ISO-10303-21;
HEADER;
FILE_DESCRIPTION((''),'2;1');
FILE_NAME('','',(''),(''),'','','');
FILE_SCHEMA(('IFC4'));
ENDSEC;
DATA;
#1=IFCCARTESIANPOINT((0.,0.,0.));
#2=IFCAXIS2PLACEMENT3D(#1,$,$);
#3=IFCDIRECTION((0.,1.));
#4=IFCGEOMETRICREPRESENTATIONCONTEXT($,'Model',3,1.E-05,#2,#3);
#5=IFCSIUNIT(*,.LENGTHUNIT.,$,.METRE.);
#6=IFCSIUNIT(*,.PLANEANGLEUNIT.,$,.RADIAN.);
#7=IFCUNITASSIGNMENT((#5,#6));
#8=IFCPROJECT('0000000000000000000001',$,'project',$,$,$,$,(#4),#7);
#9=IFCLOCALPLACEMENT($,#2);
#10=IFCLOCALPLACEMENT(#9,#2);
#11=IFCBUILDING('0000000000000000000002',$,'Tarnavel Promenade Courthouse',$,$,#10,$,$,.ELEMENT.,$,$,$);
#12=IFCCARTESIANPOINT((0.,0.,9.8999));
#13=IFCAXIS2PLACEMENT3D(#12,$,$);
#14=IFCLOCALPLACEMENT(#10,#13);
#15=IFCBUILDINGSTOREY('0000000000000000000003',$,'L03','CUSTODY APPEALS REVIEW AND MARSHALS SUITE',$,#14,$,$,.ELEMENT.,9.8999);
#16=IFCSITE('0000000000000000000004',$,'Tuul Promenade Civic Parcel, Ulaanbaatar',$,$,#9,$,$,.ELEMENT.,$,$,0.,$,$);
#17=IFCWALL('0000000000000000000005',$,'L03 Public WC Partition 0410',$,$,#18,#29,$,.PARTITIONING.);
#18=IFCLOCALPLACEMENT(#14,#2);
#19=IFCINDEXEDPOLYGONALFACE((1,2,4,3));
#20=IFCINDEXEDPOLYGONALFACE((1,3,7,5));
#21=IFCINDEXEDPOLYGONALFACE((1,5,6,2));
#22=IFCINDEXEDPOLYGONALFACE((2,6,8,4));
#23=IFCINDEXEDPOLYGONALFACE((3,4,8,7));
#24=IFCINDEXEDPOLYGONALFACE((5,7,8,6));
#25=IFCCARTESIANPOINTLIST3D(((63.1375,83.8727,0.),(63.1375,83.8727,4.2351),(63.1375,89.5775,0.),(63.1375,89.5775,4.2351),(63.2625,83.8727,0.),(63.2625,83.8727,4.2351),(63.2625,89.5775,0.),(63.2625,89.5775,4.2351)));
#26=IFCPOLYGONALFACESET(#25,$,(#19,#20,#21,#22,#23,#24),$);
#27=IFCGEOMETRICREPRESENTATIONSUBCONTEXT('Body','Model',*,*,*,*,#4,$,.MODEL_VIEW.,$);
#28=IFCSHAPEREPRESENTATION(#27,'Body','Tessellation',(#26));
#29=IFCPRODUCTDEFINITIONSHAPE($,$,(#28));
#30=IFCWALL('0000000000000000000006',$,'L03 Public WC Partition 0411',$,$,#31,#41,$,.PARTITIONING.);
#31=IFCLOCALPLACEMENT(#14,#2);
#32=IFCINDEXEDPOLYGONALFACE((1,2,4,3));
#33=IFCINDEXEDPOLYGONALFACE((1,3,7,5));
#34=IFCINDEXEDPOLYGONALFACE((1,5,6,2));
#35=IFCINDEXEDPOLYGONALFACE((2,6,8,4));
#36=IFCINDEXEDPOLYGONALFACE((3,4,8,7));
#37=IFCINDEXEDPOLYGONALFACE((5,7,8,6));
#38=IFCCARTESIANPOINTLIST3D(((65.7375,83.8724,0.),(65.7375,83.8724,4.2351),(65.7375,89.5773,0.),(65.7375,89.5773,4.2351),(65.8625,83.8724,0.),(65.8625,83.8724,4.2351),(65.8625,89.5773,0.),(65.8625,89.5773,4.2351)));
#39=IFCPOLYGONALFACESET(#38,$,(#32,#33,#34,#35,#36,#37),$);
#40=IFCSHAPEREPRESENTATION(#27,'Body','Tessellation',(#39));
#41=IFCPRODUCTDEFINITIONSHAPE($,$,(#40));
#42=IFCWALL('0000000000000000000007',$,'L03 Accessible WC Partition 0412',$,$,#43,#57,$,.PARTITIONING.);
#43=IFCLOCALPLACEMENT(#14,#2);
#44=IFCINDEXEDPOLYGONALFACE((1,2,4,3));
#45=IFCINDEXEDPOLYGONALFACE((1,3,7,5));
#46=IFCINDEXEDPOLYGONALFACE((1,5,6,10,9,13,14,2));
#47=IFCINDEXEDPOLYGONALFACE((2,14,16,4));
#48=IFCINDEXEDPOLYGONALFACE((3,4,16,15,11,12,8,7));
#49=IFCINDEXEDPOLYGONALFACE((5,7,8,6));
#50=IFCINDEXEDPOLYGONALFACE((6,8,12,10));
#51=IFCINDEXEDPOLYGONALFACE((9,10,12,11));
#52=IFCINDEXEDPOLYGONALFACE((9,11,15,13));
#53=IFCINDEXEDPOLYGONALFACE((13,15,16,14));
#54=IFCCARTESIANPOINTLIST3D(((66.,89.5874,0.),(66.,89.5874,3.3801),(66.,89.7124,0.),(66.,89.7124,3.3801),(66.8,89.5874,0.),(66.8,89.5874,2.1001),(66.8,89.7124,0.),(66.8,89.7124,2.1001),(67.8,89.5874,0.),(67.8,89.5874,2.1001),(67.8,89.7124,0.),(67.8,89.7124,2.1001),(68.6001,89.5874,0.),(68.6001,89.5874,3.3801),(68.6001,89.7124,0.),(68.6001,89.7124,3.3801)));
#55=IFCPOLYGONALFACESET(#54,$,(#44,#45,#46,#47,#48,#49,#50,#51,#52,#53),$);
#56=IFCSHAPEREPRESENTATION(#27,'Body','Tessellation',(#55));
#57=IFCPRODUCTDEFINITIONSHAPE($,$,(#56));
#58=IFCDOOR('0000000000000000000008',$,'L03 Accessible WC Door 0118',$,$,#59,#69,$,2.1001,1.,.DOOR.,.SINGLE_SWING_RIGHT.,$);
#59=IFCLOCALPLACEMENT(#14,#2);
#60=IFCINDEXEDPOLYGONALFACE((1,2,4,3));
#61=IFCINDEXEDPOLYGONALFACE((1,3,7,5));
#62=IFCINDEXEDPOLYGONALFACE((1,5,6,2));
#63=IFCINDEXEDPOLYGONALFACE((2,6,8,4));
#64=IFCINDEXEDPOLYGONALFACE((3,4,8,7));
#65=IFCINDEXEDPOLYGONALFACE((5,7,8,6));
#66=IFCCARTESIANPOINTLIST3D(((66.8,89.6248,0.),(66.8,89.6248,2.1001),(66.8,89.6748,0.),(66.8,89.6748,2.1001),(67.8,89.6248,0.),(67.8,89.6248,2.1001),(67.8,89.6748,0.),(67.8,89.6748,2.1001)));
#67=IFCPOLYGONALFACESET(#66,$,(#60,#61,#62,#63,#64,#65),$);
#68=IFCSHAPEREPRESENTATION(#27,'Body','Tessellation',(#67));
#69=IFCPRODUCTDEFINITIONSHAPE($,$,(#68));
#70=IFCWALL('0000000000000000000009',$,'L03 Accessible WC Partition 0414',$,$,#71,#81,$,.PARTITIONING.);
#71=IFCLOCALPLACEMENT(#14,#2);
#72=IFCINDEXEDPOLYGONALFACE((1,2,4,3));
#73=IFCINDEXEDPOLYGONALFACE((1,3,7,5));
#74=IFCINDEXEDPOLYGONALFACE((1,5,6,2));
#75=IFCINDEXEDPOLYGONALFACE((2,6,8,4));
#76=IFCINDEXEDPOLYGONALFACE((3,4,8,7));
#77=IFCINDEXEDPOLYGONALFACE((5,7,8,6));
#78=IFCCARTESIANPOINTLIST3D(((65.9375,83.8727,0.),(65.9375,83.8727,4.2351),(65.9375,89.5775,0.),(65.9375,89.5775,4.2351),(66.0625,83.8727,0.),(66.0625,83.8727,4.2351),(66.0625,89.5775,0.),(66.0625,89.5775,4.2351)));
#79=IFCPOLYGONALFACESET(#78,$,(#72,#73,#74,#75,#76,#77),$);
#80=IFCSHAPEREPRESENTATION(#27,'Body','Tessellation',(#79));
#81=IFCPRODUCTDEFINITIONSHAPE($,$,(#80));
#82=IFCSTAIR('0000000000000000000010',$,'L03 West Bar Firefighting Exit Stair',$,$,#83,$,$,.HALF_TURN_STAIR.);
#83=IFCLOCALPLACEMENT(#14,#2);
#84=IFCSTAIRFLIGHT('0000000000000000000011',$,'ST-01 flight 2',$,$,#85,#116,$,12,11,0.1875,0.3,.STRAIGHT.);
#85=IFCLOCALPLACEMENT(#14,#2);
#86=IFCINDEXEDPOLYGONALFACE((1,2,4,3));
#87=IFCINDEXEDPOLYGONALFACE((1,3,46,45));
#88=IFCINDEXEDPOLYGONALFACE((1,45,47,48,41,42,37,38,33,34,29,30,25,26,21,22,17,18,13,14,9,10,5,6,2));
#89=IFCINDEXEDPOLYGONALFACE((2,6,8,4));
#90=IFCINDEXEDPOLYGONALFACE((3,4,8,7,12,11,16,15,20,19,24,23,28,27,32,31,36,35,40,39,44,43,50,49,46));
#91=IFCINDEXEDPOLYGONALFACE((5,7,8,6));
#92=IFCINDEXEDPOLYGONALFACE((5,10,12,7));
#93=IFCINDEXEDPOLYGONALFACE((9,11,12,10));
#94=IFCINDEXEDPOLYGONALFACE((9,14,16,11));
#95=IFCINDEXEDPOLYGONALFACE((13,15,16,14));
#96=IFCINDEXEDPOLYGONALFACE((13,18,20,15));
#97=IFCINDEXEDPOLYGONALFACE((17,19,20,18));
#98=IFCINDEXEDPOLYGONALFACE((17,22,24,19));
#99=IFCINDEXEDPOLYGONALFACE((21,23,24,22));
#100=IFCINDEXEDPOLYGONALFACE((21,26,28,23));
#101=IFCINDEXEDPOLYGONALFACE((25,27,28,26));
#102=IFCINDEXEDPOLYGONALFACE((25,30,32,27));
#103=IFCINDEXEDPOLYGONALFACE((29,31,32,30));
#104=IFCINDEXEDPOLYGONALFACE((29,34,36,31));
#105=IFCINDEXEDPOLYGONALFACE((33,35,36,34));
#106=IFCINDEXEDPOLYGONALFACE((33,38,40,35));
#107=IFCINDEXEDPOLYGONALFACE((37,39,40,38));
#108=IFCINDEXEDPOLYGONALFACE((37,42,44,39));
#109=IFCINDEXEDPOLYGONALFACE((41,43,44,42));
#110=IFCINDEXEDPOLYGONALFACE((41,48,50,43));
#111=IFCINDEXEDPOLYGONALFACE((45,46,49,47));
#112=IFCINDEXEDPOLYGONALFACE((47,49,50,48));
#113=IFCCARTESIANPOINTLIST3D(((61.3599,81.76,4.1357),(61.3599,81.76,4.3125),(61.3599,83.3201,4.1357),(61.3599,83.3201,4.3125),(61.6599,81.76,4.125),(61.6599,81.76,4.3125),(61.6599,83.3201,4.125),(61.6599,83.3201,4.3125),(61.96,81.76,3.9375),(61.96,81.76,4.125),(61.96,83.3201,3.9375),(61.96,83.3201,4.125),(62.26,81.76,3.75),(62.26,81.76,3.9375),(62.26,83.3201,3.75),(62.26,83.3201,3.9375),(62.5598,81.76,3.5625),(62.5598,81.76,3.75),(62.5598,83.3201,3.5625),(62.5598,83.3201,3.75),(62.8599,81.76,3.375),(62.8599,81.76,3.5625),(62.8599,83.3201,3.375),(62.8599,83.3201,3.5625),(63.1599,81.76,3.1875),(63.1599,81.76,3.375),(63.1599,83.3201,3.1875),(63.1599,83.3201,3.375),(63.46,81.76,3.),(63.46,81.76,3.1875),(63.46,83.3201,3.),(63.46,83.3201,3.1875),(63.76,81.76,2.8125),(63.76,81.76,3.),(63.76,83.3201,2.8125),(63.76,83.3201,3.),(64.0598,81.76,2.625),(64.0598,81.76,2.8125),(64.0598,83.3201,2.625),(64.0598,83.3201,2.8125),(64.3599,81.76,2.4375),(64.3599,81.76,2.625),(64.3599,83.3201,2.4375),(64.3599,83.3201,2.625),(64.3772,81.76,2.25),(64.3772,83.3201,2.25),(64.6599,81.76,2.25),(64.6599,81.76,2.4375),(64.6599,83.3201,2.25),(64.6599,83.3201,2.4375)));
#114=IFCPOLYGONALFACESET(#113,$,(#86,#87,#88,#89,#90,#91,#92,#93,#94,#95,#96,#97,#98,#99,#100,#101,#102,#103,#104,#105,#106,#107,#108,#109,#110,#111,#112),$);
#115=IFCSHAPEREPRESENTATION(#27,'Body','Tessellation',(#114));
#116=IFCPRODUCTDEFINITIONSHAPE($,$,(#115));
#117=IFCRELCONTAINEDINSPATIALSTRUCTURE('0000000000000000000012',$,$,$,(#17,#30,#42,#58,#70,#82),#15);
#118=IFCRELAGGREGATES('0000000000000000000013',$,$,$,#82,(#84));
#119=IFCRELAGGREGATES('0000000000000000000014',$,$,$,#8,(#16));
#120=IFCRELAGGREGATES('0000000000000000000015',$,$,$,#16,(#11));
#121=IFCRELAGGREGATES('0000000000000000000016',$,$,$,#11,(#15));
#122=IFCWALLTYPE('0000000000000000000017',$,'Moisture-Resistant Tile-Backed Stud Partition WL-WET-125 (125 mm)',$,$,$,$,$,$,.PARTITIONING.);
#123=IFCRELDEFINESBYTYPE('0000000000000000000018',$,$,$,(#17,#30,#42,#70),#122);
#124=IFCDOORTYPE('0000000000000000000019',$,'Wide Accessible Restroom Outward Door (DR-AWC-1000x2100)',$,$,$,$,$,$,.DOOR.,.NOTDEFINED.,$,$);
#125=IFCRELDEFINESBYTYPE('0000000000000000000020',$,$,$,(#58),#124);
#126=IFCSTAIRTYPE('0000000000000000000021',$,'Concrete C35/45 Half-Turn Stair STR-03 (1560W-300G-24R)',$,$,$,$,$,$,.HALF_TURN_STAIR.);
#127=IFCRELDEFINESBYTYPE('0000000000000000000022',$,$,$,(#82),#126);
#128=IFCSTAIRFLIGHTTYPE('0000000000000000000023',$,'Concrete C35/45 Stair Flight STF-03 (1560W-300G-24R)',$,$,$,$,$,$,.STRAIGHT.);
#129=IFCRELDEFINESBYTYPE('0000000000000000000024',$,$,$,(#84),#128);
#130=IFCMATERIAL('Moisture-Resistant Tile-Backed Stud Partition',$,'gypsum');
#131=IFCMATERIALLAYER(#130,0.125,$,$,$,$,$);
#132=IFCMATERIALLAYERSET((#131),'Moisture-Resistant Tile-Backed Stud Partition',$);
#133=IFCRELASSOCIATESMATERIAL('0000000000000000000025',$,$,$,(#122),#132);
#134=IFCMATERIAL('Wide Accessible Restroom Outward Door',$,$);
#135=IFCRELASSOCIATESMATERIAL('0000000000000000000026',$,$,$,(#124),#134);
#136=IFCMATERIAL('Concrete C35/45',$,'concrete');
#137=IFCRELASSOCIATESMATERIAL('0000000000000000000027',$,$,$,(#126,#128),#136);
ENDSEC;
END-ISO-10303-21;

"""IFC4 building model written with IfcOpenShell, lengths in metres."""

from ifc_helpers import new_model, si_unit, direction, frame, frame_2d, origin, place, context, subcontext, project, spatial, polyline, rectangle, outline, extrude, material, layer, layer_set, type_object, element, fill, aggregate, save


model = new_model("IFC4")

# Units and contexts
model_context = context("Model", 3, precision=1e-05, world=origin(), true_north=direction((0.0, 1.0)))
body_context = subcontext(model_context, "Body", "Model", "MODEL_VIEW")
ifc_project = project(units=[si_unit("LENGTHUNIT", "METRE"), si_unit("PLANEANGLEUNIT", "RADIAN")], contexts=[model_context])

# Site, building, storey
site_placement = place(None, origin())
site = spatial("IfcSite", under=ifc_project, at=site_placement, Name="Tuul Promenade Civic Parcel, Ulaanbaatar", CompositionType="ELEMENT", RefElevation=0.0)
building_placement = place(site_placement, origin())
building = spatial("IfcBuilding", under=site, at=building_placement, Name="Tarnavel Promenade Courthouse", CompositionType="ELEMENT")
storey_placement = place(building_placement, frame((0.0, 0.0, 9.8999)))
storey = spatial("IfcBuildingStorey", under=building, at=storey_placement, Name="L03", Description="CUSTODY APPEALS REVIEW AND MARSHALS SUITE", CompositionType="ELEMENT", Elevation=9.8999)

# Shared definitions
ifc_material_1 = material(Name="Moisture-Resistant Tile-Backed Stud Partition", Category="gypsum")
ifc_layer_1 = layer(ifc_material_1, 0.125)
ifc_layer_set_1 = layer_set([ifc_layer_1], Name="Moisture-Resistant Tile-Backed Stud Partition")
wall_type_1 = type_object("IfcWallType", Name="Moisture-Resistant Tile-Backed Stud Partition WL-WET-125 (125 mm)", PredefinedType="PARTITIONING", material=ifc_layer_set_1)

# Walls
for number, where, z_axis, x_axis, name in (
    (1, (63.2, 83.8726, 0.0), (0.0, 0.0, 1.0), (0.0, 1.0, 0.0), "L03 Public WC Partition 0410"),
    (2, (65.8, 89.5774, 0.0), (0.0, 0.0, 1.0), (0.0, -1.0, 0.0), "L03 Public WC Partition 0411"),
):
    element("IfcWall", number, at=place(storey_placement, frame(where, z_axis=z_axis, x_axis=x_axis)), inside=storey, type_object=wall_type_1, Name=name, PredefinedType="PARTITIONING", context=body_context, shape_type="SweptSolid", body=[
        extrude(rectangle(XDim=5.7048, YDim=0.125, at=frame_2d((2.8525, 0.0))), origin(), (0.0, 0.0, 1.0), 4.2351),
    ])

# Wall, opening, door
wall_1_placement = place(storey_placement, frame((66.0, 89.6499, 0.0), z_axis=(0.0, 0.0, 1.0), x_axis=(1.0, 0.0, 0.0)))
wall_1 = element("IfcWall", 3, at=wall_1_placement, inside=storey, type_object=wall_type_1, Name="L03 Accessible WC Partition 0412", PredefinedType="PARTITIONING", context=body_context, shape_type="SweptSolid", body=[
    extrude(rectangle(XDim=2.6001, YDim=0.125, at=frame_2d((1.3, 0.0))), origin(), (0.0, 0.0, 1.0), 3.3801),
])
opening_1_placement = place(wall_1_placement, frame((0.8, 0.0, 0.0)))
opening_1 = element("IfcOpeningElement", 4, at=opening_1_placement, cuts=wall_1, PredefinedType="OPENING", context=body_context, shape_type="SweptSolid", body=[
    extrude(rectangle(XDim=1.0, YDim=2.1001, at=frame_2d((0.5, 1.05))), frame((0.0, 0.0725, 0.0), z_axis=(0.0, -1.0, 0.0), x_axis=(1.0, 0.0, 0.0)), (0.0, 0.0, 1.0), 0.145),
])
ifc_material_2 = material(Name="Wide Accessible Restroom Outward Door")
door_type_1 = type_object("IfcDoorType", Name="Wide Accessible Restroom Outward Door (DR-AWC-1000x2100)", OperationType="NOTDEFINED", PredefinedType="DOOR", material=ifc_material_2)
door_1_placement = place(opening_1_placement, origin())
door_1 = element("IfcDoor", 5, at=door_1_placement, inside=storey, type_object=door_type_1, Name="L03 Accessible WC Door 0118", OperationType="SINGLE_SWING_RIGHT", OverallHeight=2.1001, OverallWidth=1.0, PredefinedType="DOOR", context=body_context, shape_type="SweptSolid", body=[
    extrude(rectangle(XDim=1.0, YDim=2.1001, at=frame_2d((0.5, 1.05))), frame((0.0, 0.0249, 0.0), z_axis=(0.0, -1.0, 0.0), x_axis=(1.0, 0.0, 0.0)), (0.0, 0.0, 1.0), 0.05),
])
fill(opening_1, door_1)

# Wall
wall_2_placement = place(storey_placement, frame((66.0, 83.8726, 0.0), z_axis=(0.0, 0.0, 1.0), x_axis=(0.0, 1.0, 0.0)))
element("IfcWall", 6, at=wall_2_placement, inside=storey, type_object=wall_type_1, Name="L03 Accessible WC Partition 0414", PredefinedType="PARTITIONING", context=body_context, shape_type="SweptSolid", body=[
    extrude(rectangle(XDim=5.7048, YDim=0.125, at=frame_2d((2.8525, 0.0))), origin(), (0.0, 0.0, 1.0), 4.2351),
])

# Stair, stair flight
ifc_material_3 = material(Name="Concrete C35/45", Category="concrete")
stair_type = type_object("IfcStairType", Name="Concrete C35/45 Half-Turn Stair STR-03 (1560W-300G-24R)", PredefinedType="HALF_TURN_STAIR", material=ifc_material_3)
stair_placement = place(storey_placement, origin())
stair = element("IfcStair", 7, at=stair_placement, inside=storey, type_object=stair_type, Name="L03 West Bar Firefighting Exit Stair", PredefinedType="HALF_TURN_STAIR")
stair_flight_type = type_object("IfcStairFlightType", Name="Concrete C35/45 Stair Flight STF-03 (1560W-300G-24R)", PredefinedType="STRAIGHT", material=ifc_material_3)
stair_flight_placement = place(storey_placement, frame((64.6599, 82.54, 2.25), z_axis=(0.0, 0.0, 1.0), x_axis=(-1.0, 0.0, 0.0)))
stair_flight = element("IfcStairFlight", 8, at=stair_flight_placement, type_object=stair_flight_type, Name="ST-01 flight 2", NumberOfRisers=12, NumberOfTreads=11, PredefinedType="STRAIGHT", RiserHeight=0.1875, TreadLength=0.3, context=body_context, shape_type="SweptSolid", body=[
    extrude(outline(polyline([(0.0, 0.0), (0.0, 0.1875), (0.3, 0.1875), (0.3, 0.375), (0.6001, 0.375), (0.6001, 0.5625), (0.8999, 0.5625), (0.8999, 0.75), (1.2, 0.75), (1.2, 0.9375), (1.5, 0.9375), (1.5, 1.125), (1.8, 1.125), (1.8, 1.3125), (2.1001, 1.3125), (2.1001, 1.5), (2.3999, 1.5), (2.3999, 1.6875), (2.7, 1.6875), (2.7, 1.875), (3.0, 1.875), (3.0, 2.0625), (3.3, 2.0625), (3.3, 2.25), (3.3, 1.8857), (0.2827, 0.0), (0.0, 0.0)])), frame((0.0, 0.78, 0.0), z_axis=(0.0, -1.0, 0.0), x_axis=(1.0, 0.0, 0.0)), (0.0, 0.0, 1.0), 1.5601),
])
aggregate(stair, [stair_flight])

save(model, "model.ifc")
